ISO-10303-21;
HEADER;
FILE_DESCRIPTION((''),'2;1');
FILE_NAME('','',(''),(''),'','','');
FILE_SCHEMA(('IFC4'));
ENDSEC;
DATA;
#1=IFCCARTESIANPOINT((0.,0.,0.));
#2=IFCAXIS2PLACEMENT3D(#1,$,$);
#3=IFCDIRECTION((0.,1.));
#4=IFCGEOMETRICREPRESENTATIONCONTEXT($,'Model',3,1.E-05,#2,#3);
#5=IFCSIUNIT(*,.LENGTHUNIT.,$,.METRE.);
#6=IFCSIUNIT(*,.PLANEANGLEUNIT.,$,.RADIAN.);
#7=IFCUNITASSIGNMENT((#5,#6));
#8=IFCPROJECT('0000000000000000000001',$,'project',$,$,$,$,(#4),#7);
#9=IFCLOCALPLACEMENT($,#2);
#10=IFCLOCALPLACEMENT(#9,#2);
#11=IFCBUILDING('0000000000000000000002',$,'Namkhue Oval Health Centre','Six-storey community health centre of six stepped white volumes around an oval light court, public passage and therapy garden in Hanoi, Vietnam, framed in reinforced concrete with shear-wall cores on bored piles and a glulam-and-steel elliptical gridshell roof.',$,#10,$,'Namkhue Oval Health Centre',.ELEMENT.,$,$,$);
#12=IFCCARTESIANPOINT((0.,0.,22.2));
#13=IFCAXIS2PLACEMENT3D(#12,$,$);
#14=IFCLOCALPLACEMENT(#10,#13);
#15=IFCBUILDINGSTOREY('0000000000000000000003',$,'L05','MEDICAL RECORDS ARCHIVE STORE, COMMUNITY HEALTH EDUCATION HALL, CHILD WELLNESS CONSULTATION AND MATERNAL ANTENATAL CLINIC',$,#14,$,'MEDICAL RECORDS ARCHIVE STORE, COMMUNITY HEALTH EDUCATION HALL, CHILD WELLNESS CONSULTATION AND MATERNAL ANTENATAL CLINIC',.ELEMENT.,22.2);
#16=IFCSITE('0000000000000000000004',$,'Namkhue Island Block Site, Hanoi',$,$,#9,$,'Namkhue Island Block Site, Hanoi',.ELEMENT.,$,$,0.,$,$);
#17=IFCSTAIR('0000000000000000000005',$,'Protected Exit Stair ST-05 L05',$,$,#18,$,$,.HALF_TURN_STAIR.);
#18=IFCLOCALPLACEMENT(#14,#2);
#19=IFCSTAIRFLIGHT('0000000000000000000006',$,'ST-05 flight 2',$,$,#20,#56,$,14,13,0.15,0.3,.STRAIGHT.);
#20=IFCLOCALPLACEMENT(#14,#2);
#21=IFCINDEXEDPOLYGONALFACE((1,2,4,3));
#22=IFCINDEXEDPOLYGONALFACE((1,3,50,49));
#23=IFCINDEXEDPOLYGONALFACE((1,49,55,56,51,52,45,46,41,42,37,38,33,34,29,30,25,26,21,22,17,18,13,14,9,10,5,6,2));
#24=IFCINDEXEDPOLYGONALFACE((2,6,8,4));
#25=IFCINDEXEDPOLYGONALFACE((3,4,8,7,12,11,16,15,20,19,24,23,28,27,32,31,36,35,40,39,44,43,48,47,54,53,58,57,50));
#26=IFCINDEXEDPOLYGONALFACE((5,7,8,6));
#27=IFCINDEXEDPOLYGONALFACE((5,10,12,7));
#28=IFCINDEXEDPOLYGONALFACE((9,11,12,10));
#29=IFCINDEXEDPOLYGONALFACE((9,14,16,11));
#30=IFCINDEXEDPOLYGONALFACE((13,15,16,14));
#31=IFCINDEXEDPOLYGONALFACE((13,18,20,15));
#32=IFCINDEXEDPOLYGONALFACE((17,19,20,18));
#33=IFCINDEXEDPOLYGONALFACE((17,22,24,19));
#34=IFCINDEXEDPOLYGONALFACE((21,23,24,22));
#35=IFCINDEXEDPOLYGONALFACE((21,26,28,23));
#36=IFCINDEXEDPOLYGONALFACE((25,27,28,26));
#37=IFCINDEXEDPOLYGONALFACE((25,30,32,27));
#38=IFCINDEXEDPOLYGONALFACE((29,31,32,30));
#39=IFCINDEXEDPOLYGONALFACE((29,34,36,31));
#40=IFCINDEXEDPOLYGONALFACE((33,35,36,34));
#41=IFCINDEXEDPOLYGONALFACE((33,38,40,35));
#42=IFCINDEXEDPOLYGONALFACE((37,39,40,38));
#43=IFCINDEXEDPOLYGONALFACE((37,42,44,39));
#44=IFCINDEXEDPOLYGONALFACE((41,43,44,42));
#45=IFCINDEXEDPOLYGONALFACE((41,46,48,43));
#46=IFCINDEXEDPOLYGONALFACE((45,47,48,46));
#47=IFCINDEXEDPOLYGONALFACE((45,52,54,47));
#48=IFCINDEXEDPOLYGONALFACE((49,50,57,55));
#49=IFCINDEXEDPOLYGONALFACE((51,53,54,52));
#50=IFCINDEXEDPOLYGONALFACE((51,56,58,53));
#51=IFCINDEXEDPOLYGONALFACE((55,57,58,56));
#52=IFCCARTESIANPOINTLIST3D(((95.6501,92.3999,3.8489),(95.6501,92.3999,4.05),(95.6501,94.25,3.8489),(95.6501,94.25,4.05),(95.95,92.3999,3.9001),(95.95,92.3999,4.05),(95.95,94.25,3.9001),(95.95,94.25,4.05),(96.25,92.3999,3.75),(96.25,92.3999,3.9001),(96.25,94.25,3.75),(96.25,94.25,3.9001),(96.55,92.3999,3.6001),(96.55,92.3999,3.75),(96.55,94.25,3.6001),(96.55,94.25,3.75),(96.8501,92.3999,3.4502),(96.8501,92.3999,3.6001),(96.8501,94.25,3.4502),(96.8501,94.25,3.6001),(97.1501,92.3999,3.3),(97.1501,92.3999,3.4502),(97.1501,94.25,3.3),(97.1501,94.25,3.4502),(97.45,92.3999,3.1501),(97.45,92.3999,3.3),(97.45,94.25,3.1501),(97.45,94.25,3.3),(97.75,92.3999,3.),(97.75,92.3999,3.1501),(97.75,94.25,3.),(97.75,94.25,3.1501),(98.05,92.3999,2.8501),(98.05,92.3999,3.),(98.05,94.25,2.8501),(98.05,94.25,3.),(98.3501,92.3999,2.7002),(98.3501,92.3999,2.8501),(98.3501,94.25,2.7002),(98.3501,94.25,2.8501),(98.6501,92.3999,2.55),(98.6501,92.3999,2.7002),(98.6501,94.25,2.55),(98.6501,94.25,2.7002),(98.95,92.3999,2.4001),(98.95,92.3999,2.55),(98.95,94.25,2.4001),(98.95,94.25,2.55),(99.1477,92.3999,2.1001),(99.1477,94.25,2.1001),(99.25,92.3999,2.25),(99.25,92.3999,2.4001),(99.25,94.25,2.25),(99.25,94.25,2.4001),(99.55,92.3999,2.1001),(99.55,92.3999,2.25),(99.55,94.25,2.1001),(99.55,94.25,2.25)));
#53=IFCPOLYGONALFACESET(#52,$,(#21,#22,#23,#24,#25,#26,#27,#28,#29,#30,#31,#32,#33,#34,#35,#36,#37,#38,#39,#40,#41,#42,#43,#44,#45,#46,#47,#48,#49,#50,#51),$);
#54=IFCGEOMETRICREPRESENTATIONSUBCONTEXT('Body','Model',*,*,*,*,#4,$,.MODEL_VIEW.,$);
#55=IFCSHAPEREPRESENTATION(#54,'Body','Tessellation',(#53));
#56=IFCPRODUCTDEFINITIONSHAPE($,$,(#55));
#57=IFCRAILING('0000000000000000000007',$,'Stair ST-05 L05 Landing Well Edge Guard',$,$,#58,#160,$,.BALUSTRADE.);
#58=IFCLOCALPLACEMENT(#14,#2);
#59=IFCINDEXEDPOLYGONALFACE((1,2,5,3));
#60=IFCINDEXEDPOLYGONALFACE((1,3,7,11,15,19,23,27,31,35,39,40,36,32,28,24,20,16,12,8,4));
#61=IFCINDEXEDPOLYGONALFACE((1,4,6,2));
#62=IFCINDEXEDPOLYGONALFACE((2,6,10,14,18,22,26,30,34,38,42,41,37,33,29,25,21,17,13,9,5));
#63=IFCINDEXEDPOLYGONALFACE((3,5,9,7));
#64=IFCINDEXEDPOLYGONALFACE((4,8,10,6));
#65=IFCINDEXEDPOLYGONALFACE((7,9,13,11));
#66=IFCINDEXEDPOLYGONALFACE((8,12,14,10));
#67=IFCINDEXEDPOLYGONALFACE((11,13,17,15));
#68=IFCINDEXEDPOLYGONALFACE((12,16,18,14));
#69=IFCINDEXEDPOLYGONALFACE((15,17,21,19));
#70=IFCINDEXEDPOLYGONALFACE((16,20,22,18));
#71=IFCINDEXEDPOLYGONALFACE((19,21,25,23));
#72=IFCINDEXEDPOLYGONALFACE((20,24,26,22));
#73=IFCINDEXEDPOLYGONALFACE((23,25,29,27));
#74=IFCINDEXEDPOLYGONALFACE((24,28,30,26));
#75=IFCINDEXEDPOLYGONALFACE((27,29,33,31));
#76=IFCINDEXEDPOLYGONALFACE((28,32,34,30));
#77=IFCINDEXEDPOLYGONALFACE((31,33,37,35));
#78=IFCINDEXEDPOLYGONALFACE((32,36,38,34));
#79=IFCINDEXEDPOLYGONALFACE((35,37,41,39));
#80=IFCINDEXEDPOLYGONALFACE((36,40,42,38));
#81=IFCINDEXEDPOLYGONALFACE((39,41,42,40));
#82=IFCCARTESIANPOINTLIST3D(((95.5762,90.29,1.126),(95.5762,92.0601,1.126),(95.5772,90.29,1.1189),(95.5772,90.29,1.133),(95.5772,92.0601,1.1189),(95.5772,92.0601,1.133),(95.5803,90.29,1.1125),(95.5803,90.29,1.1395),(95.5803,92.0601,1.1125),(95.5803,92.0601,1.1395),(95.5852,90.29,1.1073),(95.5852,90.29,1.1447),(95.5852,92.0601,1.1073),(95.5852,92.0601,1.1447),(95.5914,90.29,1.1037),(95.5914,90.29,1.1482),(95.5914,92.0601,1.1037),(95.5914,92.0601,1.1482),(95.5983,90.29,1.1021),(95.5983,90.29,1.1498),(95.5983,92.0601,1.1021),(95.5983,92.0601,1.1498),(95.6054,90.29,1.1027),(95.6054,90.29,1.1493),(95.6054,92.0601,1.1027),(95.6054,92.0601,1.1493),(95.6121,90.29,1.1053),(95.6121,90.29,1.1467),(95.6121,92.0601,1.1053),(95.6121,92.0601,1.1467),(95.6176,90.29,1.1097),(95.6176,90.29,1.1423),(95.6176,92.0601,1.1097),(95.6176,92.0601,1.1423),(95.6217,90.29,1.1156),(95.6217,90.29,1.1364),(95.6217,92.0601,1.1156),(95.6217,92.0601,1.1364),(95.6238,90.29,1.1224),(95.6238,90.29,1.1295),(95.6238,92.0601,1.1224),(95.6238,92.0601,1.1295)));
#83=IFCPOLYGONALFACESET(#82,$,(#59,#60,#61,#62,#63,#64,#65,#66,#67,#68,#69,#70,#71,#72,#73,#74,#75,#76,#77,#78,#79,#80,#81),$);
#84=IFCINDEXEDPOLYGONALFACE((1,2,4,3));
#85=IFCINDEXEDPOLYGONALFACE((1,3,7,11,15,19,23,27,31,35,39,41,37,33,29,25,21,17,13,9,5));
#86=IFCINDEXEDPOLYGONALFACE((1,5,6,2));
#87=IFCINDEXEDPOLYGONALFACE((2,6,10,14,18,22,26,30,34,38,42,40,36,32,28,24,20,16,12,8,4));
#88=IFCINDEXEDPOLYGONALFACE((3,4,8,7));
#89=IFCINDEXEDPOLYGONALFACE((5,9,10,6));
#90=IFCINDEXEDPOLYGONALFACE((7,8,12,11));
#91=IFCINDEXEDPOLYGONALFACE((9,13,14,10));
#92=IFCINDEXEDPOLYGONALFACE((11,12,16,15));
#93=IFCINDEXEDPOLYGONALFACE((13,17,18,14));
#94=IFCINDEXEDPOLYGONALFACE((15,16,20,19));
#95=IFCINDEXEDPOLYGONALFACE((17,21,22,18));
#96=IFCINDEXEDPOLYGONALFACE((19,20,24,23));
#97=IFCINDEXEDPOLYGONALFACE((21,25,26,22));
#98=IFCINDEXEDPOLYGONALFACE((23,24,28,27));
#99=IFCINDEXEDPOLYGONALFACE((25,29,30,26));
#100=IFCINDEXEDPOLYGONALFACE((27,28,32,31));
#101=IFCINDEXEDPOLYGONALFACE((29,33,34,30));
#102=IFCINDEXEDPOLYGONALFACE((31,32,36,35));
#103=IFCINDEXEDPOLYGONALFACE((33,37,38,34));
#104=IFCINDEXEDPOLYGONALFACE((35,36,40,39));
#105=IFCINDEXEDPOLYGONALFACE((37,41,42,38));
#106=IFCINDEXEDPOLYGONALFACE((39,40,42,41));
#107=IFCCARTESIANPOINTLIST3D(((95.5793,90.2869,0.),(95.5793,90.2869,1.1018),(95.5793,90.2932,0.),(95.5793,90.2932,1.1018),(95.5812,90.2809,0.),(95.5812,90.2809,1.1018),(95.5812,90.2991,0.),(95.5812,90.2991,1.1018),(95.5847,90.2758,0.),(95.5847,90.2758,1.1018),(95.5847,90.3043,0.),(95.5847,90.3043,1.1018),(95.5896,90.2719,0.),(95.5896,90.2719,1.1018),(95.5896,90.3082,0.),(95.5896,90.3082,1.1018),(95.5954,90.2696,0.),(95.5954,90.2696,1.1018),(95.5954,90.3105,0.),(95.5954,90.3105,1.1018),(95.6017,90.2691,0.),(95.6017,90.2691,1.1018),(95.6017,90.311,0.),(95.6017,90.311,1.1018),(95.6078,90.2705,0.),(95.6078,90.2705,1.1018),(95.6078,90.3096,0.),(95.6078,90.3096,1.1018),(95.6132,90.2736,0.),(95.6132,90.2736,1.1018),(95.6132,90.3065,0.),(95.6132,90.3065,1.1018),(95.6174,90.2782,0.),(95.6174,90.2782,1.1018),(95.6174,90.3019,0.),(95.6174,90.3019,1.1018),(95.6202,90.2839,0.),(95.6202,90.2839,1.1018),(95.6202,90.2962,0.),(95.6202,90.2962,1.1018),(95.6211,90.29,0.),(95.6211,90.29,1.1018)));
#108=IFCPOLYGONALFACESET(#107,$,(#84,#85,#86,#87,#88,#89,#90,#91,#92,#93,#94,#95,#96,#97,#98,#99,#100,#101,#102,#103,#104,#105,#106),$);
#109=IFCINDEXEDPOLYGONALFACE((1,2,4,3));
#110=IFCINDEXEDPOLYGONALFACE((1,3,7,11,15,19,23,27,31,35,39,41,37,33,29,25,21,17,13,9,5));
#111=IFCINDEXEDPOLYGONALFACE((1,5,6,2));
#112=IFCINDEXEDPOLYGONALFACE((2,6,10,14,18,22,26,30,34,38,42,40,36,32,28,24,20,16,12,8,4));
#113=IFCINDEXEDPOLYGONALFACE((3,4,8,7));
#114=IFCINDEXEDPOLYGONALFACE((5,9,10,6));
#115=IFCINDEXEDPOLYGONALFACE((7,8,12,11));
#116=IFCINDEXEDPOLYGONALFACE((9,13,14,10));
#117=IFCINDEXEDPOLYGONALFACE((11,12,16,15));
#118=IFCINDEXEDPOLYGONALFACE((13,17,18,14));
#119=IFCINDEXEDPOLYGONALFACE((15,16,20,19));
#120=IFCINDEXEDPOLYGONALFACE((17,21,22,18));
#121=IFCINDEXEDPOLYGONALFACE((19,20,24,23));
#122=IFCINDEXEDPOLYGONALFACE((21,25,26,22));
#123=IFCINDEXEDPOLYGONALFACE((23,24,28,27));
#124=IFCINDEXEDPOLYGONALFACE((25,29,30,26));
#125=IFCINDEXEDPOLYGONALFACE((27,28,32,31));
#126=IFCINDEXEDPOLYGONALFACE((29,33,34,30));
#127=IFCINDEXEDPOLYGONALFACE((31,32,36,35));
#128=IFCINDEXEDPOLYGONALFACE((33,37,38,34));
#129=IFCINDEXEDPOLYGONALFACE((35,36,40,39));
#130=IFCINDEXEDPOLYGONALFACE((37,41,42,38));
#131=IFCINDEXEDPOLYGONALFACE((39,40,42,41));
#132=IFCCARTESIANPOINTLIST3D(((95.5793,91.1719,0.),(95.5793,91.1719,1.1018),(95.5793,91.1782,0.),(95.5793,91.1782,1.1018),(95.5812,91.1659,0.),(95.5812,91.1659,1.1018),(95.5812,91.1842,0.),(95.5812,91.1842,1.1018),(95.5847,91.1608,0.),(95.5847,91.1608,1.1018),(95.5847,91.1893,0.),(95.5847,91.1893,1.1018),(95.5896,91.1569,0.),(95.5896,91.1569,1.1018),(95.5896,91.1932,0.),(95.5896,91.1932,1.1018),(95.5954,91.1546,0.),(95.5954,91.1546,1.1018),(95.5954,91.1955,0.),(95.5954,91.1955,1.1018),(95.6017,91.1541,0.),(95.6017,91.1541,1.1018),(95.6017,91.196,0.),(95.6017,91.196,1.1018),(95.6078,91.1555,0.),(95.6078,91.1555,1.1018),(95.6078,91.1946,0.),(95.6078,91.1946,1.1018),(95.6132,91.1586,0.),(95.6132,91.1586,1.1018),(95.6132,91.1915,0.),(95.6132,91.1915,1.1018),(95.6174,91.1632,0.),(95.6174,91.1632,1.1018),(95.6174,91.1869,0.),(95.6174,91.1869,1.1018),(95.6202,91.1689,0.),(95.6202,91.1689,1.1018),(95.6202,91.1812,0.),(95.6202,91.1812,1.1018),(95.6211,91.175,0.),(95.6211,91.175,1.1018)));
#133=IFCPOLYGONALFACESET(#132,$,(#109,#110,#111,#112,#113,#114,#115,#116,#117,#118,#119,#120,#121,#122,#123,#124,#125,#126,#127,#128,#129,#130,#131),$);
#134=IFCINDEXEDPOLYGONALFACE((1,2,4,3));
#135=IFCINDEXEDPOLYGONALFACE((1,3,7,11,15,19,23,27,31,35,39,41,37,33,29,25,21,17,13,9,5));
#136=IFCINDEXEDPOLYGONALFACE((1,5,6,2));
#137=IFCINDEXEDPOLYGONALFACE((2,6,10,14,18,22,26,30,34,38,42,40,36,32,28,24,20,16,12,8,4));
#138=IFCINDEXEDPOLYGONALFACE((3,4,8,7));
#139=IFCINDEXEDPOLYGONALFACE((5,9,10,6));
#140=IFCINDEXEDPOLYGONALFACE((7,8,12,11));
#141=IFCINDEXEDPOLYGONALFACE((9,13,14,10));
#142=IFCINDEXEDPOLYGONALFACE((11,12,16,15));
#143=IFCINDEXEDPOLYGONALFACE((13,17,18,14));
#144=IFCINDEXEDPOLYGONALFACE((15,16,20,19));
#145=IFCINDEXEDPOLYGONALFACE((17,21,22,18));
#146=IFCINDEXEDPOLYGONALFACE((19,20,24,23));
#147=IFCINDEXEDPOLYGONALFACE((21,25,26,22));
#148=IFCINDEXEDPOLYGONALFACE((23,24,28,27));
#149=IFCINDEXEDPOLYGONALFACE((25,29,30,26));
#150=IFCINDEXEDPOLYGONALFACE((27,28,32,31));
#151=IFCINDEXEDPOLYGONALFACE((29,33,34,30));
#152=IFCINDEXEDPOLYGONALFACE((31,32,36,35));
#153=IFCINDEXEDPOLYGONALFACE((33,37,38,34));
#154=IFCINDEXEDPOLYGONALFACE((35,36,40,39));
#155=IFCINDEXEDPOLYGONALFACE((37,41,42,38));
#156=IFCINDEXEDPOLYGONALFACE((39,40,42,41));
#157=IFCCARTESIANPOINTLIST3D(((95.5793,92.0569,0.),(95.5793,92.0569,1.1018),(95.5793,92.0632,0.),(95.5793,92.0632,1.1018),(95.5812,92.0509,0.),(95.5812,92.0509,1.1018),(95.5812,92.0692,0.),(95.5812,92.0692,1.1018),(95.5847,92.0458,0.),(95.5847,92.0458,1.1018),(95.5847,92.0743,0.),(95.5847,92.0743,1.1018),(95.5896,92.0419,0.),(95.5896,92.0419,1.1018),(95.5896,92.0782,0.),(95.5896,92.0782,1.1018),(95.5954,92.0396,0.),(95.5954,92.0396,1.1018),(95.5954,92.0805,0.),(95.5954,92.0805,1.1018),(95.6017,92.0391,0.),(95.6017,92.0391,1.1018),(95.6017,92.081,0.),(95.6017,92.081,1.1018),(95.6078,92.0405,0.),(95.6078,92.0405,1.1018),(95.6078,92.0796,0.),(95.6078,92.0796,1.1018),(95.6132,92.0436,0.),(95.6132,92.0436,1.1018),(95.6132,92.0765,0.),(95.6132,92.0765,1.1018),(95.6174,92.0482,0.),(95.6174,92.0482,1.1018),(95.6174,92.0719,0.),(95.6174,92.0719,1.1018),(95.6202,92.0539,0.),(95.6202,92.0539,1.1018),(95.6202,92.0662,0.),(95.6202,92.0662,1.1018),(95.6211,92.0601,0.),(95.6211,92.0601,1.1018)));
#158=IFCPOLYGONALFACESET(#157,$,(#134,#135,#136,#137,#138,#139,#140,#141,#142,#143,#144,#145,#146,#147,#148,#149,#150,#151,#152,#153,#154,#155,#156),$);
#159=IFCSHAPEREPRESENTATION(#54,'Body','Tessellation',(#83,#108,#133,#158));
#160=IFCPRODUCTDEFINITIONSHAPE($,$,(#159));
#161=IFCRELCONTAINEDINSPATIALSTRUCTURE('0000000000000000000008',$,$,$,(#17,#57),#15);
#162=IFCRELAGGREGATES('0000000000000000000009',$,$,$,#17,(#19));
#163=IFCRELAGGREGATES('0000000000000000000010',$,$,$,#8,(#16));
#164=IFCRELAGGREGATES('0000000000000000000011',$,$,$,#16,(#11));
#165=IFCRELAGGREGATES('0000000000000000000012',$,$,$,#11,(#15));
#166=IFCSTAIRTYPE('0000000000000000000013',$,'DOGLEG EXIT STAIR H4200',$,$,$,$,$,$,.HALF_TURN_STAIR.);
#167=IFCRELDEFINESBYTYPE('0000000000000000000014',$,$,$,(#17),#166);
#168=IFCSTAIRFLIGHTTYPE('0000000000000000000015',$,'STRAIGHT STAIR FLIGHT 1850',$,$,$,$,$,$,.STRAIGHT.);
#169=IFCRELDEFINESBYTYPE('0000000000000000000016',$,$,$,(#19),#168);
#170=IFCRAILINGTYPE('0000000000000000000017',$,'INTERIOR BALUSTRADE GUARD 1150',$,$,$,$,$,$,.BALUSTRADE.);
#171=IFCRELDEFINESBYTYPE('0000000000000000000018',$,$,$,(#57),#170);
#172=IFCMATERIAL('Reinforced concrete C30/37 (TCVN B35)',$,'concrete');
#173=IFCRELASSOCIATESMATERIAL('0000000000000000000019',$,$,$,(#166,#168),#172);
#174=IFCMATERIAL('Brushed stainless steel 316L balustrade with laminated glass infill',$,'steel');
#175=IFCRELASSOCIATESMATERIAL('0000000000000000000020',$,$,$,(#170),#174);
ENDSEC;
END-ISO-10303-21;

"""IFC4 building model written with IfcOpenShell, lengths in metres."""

from ifc_helpers import new_model, si_unit, direction, frame, origin, origin_2d, place, context, subcontext, project, spatial, polyline, circle, outline, extrude, material, type_object, element, aggregate, save


model = new_model("IFC4")

# Units and contexts
model_context = context("Model", 3, precision=1e-05, world=origin(), true_north=direction((0.0, 1.0)))
body_context = subcontext(model_context, "Body", "Model", "MODEL_VIEW")
ifc_project = project(units=[si_unit("LENGTHUNIT", "METRE"), si_unit("PLANEANGLEUNIT", "RADIAN")], contexts=[model_context])

# Site, building, storey
site_placement = place(None, origin())
site = spatial("IfcSite", under=ifc_project, at=site_placement, Name="Namkhue Island Block Site, Hanoi", LongName="Namkhue Island Block Site, Hanoi", CompositionType="ELEMENT", RefElevation=0.0)
building_placement = place(site_placement, origin())
building = spatial("IfcBuilding", under=site, at=building_placement, Name="Namkhue Oval Health Centre", Description="Six-storey community health centre of six stepped white volumes around an oval light court, public passage and therapy garden in Hanoi, Vietnam, framed in reinforced concrete with shear-wall cores on bored piles and a glulam-and-steel elliptical gridshell roof.", LongName="Namkhue Oval Health Centre", CompositionType="ELEMENT")
storey_placement = place(building_placement, frame((0.0, 0.0, 22.2)))
storey = spatial("IfcBuildingStorey", under=building, at=storey_placement, Name="L05", Description="MEDICAL RECORDS ARCHIVE STORE, COMMUNITY HEALTH EDUCATION HALL, CHILD WELLNESS CONSULTATION AND MATERNAL ANTENATAL CLINIC", LongName="MEDICAL RECORDS ARCHIVE STORE, COMMUNITY HEALTH EDUCATION HALL, CHILD WELLNESS CONSULTATION AND MATERNAL ANTENATAL CLINIC", CompositionType="ELEMENT", Elevation=22.2)

# Stair, stair flight
ifc_material_1 = material(Name="Reinforced concrete C30/37 (TCVN B35)", Category="concrete")
stair_type = type_object("IfcStairType", Name="DOGLEG EXIT STAIR H4200", PredefinedType="HALF_TURN_STAIR", material=ifc_material_1)
stair_placement = place(storey_placement, origin())
stair = element("IfcStair", 1, at=stair_placement, inside=storey, type_object=stair_type, Name="Protected Exit Stair ST-05 L05", PredefinedType="HALF_TURN_STAIR")
stair_flight_type = type_object("IfcStairFlightType", Name="STRAIGHT STAIR FLIGHT 1850", PredefinedType="STRAIGHT", material=ifc_material_1)
stair_flight_1_placement = place(storey_placement, frame((99.55, 93.325, 2.1001), z_axis=(0.0, 0.0, 1.0), x_axis=(-1.0, 0.0, 0.0)))
stair_flight_1 = element("IfcStairFlight", 2, at=stair_flight_1_placement, type_object=stair_flight_type, Name="ST-05 flight 2", NumberOfRisers=14, NumberOfTreads=13, PredefinedType="STRAIGHT", RiserHeight=0.15, TreadLength=0.3, context=body_context, shape_type="SweptSolid", body=[
    extrude(outline(polyline([(0.0, 0.0), (0.0, 0.1499), (0.3, 0.1499), (0.3, 0.3), (0.6001, 0.3), (0.6001, 0.45), (0.8999, 0.45), (0.8999, 0.6001), (1.2, 0.6001), (1.2, 0.75), (1.5, 0.75), (1.5, 0.8999), (1.8, 0.8999), (1.8, 1.05), (2.1001, 1.05), (2.1001, 1.2), (2.3999, 1.2), (2.3999, 1.3501), (2.7, 1.3501), (2.7, 1.5), (3.0, 1.5), (3.0, 1.6499), (3.3, 1.6499), (3.3, 1.8), (3.6001, 1.8), (3.6001, 1.95), (3.8999, 1.95), (3.8999, 2.1001), (3.8999, 1.7488), (0.4023, 0.0), (0.0, 0.0)])), frame((0.0, 0.925, 0.0), z_axis=(0.0, -1.0, 0.0), x_axis=(1.0, 0.0, 0.0)), (0.0, 0.0, 1.0), 1.8501),
])
aggregate(stair, [stair_flight_1])

# Railing
ifc_material_2 = material(Name="Brushed stainless steel 316L balustrade with laminated glass infill", Category="steel")
railing_type_1 = type_object("IfcRailingType", Name="INTERIOR BALUSTRADE GUARD 1150", PredefinedType="BALUSTRADE", material=ifc_material_2)
railing_1_placement = place(storey_placement, frame((95.6001, 90.29, 0.0)))
element("IfcRailing", 3, at=railing_1_placement, inside=storey, type_object=railing_type_1, Name="Stair ST-05 L05 Landing Well Edge Guard", PredefinedType="BALUSTRADE", context=body_context, shape_type="SweptSolid", body=[
    extrude(circle(Radius=0.0239, at=origin_2d()), frame((0.0, 0.0, 1.126), z_axis=(0.0, 1.0, 0.0), x_axis=(-1.0, 0.0, 0.0)), (0.0, 0.0, 1.0), 1.77),
    extrude(circle(Radius=0.021, at=origin_2d()), origin(), (0.0, 0.0, 1.0), 1.1018),
    extrude(circle(Radius=0.021, at=origin_2d()), frame((0.0, 0.885, 0.0)), (0.0, 0.0, 1.0), 1.1018),
    extrude(circle(Radius=0.021, at=origin_2d()), frame((0.0, 1.77, 0.0)), (0.0, 0.0, 1.0), 1.1018),
])

save(model, "model.ifc")
